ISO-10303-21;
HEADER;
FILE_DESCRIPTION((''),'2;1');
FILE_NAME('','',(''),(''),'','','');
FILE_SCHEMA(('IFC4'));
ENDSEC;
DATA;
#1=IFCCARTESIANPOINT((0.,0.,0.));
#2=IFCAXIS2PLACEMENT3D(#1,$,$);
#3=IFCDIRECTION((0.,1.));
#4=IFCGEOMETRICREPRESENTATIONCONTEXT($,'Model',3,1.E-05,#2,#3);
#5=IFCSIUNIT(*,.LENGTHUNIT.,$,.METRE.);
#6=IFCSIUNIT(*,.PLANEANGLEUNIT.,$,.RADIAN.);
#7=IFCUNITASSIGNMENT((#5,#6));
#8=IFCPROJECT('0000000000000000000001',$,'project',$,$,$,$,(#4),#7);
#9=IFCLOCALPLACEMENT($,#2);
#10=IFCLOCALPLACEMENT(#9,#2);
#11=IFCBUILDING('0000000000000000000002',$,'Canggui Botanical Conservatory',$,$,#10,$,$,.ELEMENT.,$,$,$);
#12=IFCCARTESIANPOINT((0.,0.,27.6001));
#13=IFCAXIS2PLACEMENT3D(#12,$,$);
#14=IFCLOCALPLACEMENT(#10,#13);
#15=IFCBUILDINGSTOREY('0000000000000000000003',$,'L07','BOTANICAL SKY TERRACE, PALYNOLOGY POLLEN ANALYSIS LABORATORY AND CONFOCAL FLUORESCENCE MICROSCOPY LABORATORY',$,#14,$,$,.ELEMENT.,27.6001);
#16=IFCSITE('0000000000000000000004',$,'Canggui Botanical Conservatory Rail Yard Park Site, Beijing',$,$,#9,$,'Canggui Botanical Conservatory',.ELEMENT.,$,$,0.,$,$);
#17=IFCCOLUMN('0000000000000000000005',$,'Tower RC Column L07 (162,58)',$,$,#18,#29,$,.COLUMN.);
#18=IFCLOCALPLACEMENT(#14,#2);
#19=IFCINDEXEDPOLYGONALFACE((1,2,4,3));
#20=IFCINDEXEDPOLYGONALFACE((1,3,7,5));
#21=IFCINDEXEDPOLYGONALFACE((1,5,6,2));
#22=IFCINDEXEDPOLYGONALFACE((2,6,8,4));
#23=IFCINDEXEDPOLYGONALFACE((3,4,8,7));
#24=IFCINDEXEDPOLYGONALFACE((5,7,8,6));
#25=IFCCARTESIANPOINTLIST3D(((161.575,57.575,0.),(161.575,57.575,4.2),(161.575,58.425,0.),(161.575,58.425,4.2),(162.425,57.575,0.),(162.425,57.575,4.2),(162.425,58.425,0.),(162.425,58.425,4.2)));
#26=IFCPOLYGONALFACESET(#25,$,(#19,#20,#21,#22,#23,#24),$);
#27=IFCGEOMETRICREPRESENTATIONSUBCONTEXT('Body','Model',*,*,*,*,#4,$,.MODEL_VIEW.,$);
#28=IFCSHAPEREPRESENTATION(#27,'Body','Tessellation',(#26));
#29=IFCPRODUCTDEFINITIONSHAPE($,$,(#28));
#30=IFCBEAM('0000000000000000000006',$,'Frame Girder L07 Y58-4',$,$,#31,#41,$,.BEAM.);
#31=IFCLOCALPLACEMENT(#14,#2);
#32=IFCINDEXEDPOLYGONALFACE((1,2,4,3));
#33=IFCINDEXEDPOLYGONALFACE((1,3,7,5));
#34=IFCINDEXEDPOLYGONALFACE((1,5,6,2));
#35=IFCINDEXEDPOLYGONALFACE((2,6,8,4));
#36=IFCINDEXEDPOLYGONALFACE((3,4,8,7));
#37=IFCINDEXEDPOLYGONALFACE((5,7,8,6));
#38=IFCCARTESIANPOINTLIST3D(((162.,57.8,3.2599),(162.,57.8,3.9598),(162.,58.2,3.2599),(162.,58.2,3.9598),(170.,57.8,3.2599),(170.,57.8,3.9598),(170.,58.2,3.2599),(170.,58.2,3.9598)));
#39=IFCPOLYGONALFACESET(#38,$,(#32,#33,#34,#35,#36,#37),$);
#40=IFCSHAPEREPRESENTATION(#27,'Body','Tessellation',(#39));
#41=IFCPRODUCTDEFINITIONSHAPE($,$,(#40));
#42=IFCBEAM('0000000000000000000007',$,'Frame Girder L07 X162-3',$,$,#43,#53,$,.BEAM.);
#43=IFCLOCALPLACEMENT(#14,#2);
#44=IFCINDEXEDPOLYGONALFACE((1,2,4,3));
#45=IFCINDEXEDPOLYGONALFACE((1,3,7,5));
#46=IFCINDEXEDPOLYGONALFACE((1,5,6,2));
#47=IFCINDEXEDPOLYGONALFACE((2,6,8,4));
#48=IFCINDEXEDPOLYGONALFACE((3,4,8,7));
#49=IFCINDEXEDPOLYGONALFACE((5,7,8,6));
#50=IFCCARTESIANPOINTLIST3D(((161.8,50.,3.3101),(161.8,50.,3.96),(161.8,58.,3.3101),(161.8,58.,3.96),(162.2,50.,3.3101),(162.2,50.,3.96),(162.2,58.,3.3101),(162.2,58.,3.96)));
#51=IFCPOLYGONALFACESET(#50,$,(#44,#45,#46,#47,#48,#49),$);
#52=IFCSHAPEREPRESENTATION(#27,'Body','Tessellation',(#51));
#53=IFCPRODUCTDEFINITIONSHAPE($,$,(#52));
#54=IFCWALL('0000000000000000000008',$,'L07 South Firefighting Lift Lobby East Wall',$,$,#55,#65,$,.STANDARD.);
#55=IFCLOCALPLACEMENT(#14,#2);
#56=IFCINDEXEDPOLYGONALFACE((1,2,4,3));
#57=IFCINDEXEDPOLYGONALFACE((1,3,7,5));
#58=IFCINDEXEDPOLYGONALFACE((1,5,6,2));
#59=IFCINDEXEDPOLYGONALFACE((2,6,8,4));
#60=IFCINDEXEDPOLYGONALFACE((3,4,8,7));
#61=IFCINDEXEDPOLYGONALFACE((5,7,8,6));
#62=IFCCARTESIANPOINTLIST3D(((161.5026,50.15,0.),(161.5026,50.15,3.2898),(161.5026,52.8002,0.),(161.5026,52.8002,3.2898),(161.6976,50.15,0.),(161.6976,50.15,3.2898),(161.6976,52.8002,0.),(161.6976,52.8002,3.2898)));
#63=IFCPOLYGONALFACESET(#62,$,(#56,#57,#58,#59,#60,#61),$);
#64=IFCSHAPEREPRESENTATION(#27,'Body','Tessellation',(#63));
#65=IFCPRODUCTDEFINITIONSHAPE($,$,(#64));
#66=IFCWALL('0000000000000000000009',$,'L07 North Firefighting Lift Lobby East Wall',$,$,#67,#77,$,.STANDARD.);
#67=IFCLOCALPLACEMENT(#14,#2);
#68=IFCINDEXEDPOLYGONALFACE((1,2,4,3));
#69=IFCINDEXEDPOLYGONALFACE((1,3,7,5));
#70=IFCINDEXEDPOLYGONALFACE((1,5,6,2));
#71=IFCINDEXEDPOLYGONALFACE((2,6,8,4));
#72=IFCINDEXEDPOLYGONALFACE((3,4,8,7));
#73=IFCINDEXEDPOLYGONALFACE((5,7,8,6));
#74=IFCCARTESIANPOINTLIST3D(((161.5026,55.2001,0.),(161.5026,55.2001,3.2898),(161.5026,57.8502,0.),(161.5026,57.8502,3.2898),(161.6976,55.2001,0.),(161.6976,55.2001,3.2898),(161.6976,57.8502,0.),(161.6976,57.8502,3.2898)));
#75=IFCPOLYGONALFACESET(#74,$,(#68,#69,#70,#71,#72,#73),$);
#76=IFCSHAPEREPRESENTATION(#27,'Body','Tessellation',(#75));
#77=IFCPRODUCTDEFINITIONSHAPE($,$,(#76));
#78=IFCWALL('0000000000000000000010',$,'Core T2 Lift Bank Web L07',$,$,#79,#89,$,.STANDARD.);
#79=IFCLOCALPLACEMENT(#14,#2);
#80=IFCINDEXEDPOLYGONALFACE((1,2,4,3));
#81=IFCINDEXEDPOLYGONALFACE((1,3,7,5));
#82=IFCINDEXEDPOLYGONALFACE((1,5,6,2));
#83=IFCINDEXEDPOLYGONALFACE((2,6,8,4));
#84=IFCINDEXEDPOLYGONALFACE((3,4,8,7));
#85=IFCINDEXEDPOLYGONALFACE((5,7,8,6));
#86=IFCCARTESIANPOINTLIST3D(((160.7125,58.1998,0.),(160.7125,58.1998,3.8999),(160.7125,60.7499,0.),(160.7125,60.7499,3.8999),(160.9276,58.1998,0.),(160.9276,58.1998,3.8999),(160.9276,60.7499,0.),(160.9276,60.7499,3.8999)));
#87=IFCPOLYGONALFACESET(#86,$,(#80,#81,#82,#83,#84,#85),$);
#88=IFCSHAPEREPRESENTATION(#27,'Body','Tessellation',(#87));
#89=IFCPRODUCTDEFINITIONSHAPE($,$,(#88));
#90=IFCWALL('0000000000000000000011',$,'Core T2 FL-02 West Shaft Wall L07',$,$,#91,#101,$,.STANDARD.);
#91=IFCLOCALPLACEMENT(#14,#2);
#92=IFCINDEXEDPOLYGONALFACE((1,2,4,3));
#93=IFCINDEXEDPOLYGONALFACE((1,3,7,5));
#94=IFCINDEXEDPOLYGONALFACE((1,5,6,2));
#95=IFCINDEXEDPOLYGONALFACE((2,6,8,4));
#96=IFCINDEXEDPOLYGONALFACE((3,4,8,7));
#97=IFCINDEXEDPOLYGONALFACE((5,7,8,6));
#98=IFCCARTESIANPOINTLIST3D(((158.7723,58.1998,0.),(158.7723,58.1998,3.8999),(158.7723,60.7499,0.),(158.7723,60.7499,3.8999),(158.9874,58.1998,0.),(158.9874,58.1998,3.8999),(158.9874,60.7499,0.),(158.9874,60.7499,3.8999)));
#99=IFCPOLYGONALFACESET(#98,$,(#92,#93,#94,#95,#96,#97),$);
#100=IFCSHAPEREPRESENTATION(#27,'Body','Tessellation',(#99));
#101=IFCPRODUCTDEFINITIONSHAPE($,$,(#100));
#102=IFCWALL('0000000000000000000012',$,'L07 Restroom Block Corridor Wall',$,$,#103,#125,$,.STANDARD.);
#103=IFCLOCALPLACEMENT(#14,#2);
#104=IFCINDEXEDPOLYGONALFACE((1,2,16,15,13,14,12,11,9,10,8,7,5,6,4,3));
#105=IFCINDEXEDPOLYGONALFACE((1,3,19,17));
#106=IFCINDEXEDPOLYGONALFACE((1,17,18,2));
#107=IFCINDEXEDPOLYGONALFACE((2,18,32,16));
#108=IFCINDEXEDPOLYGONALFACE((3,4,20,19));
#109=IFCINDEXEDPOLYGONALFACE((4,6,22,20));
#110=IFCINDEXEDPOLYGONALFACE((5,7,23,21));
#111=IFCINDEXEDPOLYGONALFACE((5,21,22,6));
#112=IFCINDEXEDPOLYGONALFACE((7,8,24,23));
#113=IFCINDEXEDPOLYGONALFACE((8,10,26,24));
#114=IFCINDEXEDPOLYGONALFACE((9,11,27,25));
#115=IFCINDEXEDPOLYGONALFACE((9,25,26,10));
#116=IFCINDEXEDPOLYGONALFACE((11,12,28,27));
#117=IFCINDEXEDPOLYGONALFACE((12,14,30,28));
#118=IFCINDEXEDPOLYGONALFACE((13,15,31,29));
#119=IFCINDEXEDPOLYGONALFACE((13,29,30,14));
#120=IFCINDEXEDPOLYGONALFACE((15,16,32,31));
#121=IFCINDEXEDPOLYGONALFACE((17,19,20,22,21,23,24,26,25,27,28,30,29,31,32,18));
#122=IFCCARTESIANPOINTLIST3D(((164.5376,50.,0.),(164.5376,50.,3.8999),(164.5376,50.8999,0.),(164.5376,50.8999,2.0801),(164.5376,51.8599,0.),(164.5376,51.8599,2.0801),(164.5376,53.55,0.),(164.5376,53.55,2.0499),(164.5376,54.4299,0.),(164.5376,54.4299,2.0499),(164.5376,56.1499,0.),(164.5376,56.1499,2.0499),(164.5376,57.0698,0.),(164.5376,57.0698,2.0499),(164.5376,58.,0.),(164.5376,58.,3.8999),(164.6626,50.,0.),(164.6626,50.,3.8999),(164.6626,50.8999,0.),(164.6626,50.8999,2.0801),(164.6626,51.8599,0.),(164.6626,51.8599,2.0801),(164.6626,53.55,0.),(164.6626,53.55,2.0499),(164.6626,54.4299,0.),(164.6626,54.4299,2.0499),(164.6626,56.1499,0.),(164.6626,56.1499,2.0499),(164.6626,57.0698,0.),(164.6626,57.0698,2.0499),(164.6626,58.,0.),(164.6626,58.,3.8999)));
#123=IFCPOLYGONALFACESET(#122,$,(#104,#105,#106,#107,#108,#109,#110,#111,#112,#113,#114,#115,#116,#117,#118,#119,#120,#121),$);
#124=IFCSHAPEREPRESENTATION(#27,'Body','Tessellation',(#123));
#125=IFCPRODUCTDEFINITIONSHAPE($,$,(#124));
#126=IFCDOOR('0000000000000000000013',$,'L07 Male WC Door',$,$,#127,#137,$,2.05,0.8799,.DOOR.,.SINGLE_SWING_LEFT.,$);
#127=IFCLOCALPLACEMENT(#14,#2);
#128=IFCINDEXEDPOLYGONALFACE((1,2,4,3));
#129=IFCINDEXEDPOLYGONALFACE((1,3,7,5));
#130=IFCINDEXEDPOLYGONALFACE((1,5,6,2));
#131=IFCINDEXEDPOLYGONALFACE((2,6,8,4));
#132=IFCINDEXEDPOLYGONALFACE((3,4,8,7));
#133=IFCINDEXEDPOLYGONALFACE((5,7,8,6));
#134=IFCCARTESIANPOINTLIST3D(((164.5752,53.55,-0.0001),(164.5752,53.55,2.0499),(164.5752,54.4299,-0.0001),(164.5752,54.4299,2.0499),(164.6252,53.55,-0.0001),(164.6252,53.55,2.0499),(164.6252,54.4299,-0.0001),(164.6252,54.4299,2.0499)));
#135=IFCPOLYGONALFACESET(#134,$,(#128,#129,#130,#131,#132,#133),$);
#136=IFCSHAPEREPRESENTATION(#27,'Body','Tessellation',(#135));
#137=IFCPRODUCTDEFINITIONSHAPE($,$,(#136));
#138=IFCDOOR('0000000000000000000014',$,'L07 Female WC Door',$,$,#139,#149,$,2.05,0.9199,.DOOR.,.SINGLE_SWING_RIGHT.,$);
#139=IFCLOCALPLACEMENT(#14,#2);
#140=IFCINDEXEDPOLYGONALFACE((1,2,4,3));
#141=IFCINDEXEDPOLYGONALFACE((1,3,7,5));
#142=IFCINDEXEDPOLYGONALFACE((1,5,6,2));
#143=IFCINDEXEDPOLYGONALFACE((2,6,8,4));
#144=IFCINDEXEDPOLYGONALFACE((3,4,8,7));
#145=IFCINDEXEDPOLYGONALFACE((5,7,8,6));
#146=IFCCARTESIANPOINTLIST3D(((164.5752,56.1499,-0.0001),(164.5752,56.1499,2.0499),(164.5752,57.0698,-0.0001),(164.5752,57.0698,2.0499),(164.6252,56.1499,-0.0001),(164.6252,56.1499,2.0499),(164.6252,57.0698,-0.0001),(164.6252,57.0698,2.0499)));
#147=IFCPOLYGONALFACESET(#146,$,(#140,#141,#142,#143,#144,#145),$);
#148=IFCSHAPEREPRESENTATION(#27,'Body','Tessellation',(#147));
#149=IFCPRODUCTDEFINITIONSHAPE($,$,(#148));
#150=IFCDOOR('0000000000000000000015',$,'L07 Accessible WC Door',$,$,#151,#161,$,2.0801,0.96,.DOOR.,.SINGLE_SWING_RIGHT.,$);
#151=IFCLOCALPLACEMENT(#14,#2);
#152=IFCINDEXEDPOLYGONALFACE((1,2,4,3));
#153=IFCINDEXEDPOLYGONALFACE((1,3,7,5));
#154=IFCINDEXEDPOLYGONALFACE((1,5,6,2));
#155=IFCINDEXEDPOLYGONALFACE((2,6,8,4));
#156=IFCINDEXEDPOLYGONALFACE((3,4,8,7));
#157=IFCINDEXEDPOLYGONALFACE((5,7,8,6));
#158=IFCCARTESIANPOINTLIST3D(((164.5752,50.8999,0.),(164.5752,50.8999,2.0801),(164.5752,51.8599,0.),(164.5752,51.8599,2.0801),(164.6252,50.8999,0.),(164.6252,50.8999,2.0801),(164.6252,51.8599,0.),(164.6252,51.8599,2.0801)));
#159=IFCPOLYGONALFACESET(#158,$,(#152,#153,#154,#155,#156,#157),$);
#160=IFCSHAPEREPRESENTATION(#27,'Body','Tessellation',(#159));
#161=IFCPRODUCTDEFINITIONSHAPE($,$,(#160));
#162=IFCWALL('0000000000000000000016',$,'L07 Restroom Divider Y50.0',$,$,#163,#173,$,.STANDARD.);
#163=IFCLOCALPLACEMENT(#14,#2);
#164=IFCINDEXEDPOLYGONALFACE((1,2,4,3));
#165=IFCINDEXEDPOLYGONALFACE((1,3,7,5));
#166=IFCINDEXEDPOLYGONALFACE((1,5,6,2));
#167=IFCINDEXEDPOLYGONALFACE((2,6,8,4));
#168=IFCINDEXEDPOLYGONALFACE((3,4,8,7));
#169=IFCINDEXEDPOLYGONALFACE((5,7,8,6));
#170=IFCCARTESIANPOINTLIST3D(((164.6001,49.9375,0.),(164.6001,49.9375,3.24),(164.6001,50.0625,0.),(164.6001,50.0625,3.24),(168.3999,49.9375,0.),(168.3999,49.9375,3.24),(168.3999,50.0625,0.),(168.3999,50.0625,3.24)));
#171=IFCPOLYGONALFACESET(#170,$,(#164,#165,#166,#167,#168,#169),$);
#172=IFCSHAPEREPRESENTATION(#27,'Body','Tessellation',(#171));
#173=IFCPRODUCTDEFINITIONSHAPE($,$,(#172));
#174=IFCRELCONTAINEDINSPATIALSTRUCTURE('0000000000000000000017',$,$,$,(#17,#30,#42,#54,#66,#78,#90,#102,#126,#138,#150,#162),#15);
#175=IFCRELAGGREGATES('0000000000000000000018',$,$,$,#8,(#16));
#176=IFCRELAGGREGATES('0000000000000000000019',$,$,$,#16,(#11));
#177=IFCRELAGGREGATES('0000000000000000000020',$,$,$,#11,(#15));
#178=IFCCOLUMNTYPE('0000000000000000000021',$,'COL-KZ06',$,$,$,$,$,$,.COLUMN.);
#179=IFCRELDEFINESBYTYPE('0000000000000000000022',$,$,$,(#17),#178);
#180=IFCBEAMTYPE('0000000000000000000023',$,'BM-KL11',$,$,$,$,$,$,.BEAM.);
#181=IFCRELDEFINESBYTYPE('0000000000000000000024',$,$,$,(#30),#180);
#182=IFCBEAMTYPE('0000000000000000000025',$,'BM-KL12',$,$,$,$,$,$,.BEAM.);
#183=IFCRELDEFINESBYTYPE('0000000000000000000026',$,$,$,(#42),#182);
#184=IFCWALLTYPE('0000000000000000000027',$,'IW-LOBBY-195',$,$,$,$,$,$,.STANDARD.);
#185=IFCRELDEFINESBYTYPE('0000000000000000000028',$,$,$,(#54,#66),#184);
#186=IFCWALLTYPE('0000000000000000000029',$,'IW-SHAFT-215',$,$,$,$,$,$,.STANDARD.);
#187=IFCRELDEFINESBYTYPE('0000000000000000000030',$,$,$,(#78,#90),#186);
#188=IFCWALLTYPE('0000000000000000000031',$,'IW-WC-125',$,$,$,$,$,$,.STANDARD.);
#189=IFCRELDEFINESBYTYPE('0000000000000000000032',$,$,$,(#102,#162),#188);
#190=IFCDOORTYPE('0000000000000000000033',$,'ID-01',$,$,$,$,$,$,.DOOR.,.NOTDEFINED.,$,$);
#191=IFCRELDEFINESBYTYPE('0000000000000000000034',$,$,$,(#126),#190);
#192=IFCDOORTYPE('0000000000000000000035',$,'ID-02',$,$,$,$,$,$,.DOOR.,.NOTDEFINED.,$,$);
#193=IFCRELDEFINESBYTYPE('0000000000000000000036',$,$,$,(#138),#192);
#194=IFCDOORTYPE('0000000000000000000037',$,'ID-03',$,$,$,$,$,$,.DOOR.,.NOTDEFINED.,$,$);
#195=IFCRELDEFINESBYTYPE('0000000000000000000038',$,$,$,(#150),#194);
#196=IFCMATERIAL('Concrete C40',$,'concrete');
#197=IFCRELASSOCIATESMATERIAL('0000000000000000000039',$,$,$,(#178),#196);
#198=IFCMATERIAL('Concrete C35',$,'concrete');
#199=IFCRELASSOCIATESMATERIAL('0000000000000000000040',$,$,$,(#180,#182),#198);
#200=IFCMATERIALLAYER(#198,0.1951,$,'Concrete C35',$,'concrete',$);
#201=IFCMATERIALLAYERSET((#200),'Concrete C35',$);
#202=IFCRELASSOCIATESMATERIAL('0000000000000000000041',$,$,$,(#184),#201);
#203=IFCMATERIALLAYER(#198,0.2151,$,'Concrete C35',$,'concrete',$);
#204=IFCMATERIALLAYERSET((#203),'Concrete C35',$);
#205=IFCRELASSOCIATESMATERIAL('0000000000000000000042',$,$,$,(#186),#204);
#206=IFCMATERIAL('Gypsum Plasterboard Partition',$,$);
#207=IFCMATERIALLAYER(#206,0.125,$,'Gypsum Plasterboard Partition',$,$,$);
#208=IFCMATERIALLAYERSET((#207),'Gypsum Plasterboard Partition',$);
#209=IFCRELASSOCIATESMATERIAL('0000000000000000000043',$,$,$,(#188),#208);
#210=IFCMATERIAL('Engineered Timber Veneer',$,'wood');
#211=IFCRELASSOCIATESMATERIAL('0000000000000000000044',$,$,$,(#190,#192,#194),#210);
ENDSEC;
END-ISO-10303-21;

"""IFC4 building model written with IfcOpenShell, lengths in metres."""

from ifc_helpers import new_model, si_unit, direction, frame, frame_2d, origin, origin_2d, place, context, subcontext, project, spatial, rectangle, extrude, material, layer, layer_set, material_profile, profile_set, type_object, element, fill, save


model = new_model("IFC4")

# Units and contexts
model_context = context("Model", 3, precision=1e-05, world=origin(), true_north=direction((0.0, 1.0)))
body_context = subcontext(model_context, "Body", "Model", "MODEL_VIEW")
ifc_project = project(units=[si_unit("LENGTHUNIT", "METRE"), si_unit("PLANEANGLEUNIT", "RADIAN")], contexts=[model_context])

# Site, building, storey
site_placement = place(None, origin())
site = spatial("IfcSite", under=ifc_project, at=site_placement, Name="Canggui Botanical Conservatory Rail Yard Park Site, Beijing", LongName="Canggui Botanical Conservatory", CompositionType="ELEMENT", RefElevation=0.0)
building_placement = place(site_placement, origin())
building = spatial("IfcBuilding", under=site, at=building_placement, Name="Canggui Botanical Conservatory", CompositionType="ELEMENT")
storey_placement = place(building_placement, frame((0.0, 0.0, 27.6001)))
storey = spatial("IfcBuildingStorey", under=building, at=storey_placement, Name="L07", Description="BOTANICAL SKY TERRACE, PALYNOLOGY POLLEN ANALYSIS LABORATORY AND CONFOCAL FLUORESCENCE MICROSCOPY LABORATORY", CompositionType="ELEMENT", Elevation=27.6001)

# Column
ifc_material_1 = material(Name="Concrete C40", Category="concrete")
ifc_material_profile_1 = material_profile(ifc_material_1, rectangle(XDim=0.8501, YDim=0.8501, at=origin_2d()), Name="RC 850x850")
ifc_profile_set_1 = profile_set([ifc_material_profile_1], Name="Concrete C40")
column_type = type_object("IfcColumnType", Name="COL-KZ06", PredefinedType="COLUMN", material=ifc_profile_set_1)
column_placement = place(storey_placement, frame((162.0, 58.0, 0.0), z_axis=(0.0, 0.0, 1.0), x_axis=(1.0, 0.0, 0.0)))
element("IfcColumn", 1, at=column_placement, inside=storey, type_object=column_type, Name="Tower RC Column L07 (162,58)", PredefinedType="COLUMN", context=body_context, shape_type="SweptSolid", body=[
    extrude(rectangle(XDim=0.8501, YDim=0.8501, at=origin_2d()), origin(), (0.0, 0.0, 1.0), 4.2),
])

# Beams
ifc_material_2 = material(Name="Concrete C35", Category="concrete")
ifc_material_profile_2 = material_profile(ifc_material_2, rectangle(XDim=0.3999, YDim=0.7, at=origin_2d()), Name="RB 400x700")
ifc_profile_set_2 = profile_set([ifc_material_profile_2], Name="Concrete C35")
beam_type_1 = type_object("IfcBeamType", Name="BM-KL11", PredefinedType="BEAM", material=ifc_profile_set_2)
beam_1_placement = place(storey_placement, frame((162.0, 58.0, 3.6099), z_axis=(1.0, 0.0, 0.0), x_axis=(0.0, 1.0, 0.0)))
element("IfcBeam", 2, at=beam_1_placement, inside=storey, type_object=beam_type_1, Name="Frame Girder L07 Y58-4", PredefinedType="BEAM", context=body_context, shape_type="SweptSolid", body=[
    extrude(rectangle(XDim=0.3999, YDim=0.7, at=origin_2d()), origin(), (0.0, 0.0, 1.0), 8.0),
])
ifc_material_profile_3 = material_profile(ifc_material_2, rectangle(XDim=0.3999, YDim=0.6499, at=origin_2d()), Name="RB 400x650")
ifc_profile_set_3 = profile_set([ifc_material_profile_3], Name="Concrete C35")
beam_type_2 = type_object("IfcBeamType", Name="BM-KL12", PredefinedType="BEAM", material=ifc_profile_set_3)
beam_2_placement = place(storey_placement, frame((162.0, 50.0, 3.635), z_axis=(0.0, 1.0, 0.0), x_axis=(-1.0, 0.0, 0.0)))
element("IfcBeam", 3, at=beam_2_placement, inside=storey, type_object=beam_type_2, Name="Frame Girder L07 X162-3", PredefinedType="BEAM", context=body_context, shape_type="SweptSolid", body=[
    extrude(rectangle(XDim=0.3999, YDim=0.6499, at=origin_2d()), origin(), (0.0, 0.0, 1.0), 8.0),
])

# Walls
ifc_layer_1 = layer(ifc_material_2, 0.1951, Name="Concrete C35", Category="concrete")
ifc_layer_set_1 = layer_set([ifc_layer_1], Name="Concrete C35")
wall_type_1 = type_object("IfcWallType", Name="IW-LOBBY-195", PredefinedType="STANDARD", material=ifc_layer_set_1)
for number, where, z_axis, x_axis, name in (
    (4, (161.6001, 50.1499, 0.0), (0.0, 0.0, 1.0), (0.0, 1.0, 0.0), "L07 South Firefighting Lift Lobby East Wall"),
    (5, (161.6001, 55.2, 0.0), (0.0, 0.0, 1.0), (0.0, 1.0, 0.0), "L07 North Firefighting Lift Lobby East Wall"),
):
    element("IfcWall", number, at=place(storey_placement, frame(where, z_axis=z_axis, x_axis=x_axis)), inside=storey, type_object=wall_type_1, Name=name, PredefinedType="STANDARD", context=body_context, shape_type="SweptSolid", body=[
        extrude(rectangle(XDim=2.6501, YDim=0.1951, at=frame_2d((1.3252, 0.0))), origin(), (0.0, 0.0, 1.0), 3.2898),
    ])
ifc_layer_2 = layer(ifc_material_2, 0.2151, Name="Concrete C35", Category="concrete")
ifc_layer_set_2 = layer_set([ifc_layer_2], Name="Concrete C35")
wall_type_2 = type_object("IfcWallType", Name="IW-SHAFT-215", PredefinedType="STANDARD", material=ifc_layer_set_2)
for number, where, z_axis, x_axis, name in (
    (6, (160.8201, 58.2, 0.0), (0.0, 0.0, 1.0), (0.0, 1.0, 0.0), "Core T2 Lift Bank Web L07"),
    (7, (158.8799, 58.2, 0.0), (0.0, 0.0, 1.0), (0.0, 1.0, 0.0), "Core T2 FL-02 West Shaft Wall L07"),
):
    element("IfcWall", number, at=place(storey_placement, frame(where, z_axis=z_axis, x_axis=x_axis)), inside=storey, type_object=wall_type_2, Name=name, PredefinedType="STANDARD", context=body_context, shape_type="SweptSolid", body=[
        extrude(rectangle(XDim=2.55, YDim=0.2151, at=frame_2d((1.2749, 0.0))), origin(), (0.0, 0.0, 1.0), 3.8999),
    ])

# Wall, openings, doors
ifc_material_3 = material(Name="Gypsum Plasterboard Partition")
ifc_layer_3 = layer(ifc_material_3, 0.125, Name="Gypsum Plasterboard Partition")
ifc_layer_set_3 = layer_set([ifc_layer_3], Name="Gypsum Plasterboard Partition")
wall_type_3 = type_object("IfcWallType", Name="IW-WC-125", PredefinedType="STANDARD", material=ifc_layer_set_3)
wall_1_placement = place(storey_placement, frame((164.6001, 50.0, 0.0), z_axis=(0.0, 0.0, 1.0), x_axis=(0.0, 1.0, 0.0)))
wall_1 = element("IfcWall", 8, at=wall_1_placement, inside=storey, type_object=wall_type_3, Name="L07 Restroom Block Corridor Wall", PredefinedType="STANDARD", context=body_context, shape_type="SweptSolid", body=[
    extrude(rectangle(XDim=8.0, YDim=0.125, at=frame_2d((4.0, 0.0))), origin(), (0.0, 0.0, 1.0), 3.8999),
])
opening_1_placement = place(wall_1_placement, frame((0.8999, 0.0, 0.0)))
opening_1 = element("IfcOpeningElement", 9, at=opening_1_placement, cuts=wall_1, PredefinedType="OPENING", context=body_context, shape_type="SweptSolid", body=[
    extrude(rectangle(XDim=0.96, YDim=2.0801, at=frame_2d((0.48, 1.04))), frame((0.0, 0.0725, 0.0), z_axis=(0.0, -1.0, 0.0), x_axis=(1.0, 0.0, 0.0)), (0.0, 0.0, 1.0), 0.145),
])
opening_2_placement = place(wall_1_placement, frame((3.55, 0.0, 0.0)))
opening_2 = element("IfcOpeningElement", 10, at=opening_2_placement, cuts=wall_1, PredefinedType="OPENING", context=body_context, shape_type="SweptSolid", body=[
    extrude(rectangle(XDim=0.8799, YDim=2.05, at=frame_2d((0.4399, 1.0249))), frame((0.0, 0.0725, 0.0), z_axis=(0.0, -1.0, 0.0), x_axis=(1.0, 0.0, 0.0)), (0.0, 0.0, 1.0), 0.145),
])
opening_3_placement = place(wall_1_placement, frame((6.1499, 0.0, 0.0)))
opening_3 = element("IfcOpeningElement", 11, at=opening_3_placement, cuts=wall_1, PredefinedType="OPENING", context=body_context, shape_type="SweptSolid", body=[
    extrude(rectangle(XDim=0.9199, YDim=2.05, at=frame_2d((0.46, 1.0249))), frame((0.0, 0.0725, 0.0), z_axis=(0.0, -1.0, 0.0), x_axis=(1.0, 0.0, 0.0)), (0.0, 0.0, 1.0), 0.145),
])
ifc_material_4 = material(Name="Engineered Timber Veneer", Category="wood")
door_type_1 = type_object("IfcDoorType", Name="ID-01", OperationType="NOTDEFINED", PredefinedType="DOOR", material=ifc_material_4)
door_1_placement = place(opening_2_placement, origin())
door_1 = element("IfcDoor", 12, at=door_1_placement, inside=storey, type_object=door_type_1, Name="L07 Male WC Door", OperationType="SINGLE_SWING_LEFT", OverallHeight=2.05, OverallWidth=0.8799, PredefinedType="DOOR", context=body_context, shape_type="SweptSolid", body=[
    extrude(rectangle(XDim=0.8799, YDim=2.05, at=frame_2d((0.4399, 1.0249))), frame((0.0, 0.0249, 0.0), z_axis=(0.0, -1.0, 0.0), x_axis=(1.0, 0.0, 0.0)), (0.0, 0.0, 1.0), 0.05),
])
fill(opening_2, door_1)
door_type_2 = type_object("IfcDoorType", Name="ID-02", OperationType="NOTDEFINED", PredefinedType="DOOR", material=ifc_material_4)
door_2_placement = place(opening_3_placement, origin())
door_2 = element("IfcDoor", 13, at=door_2_placement, inside=storey, type_object=door_type_2, Name="L07 Female WC Door", OperationType="SINGLE_SWING_RIGHT", OverallHeight=2.05, OverallWidth=0.9199, PredefinedType="DOOR", context=body_context, shape_type="SweptSolid", body=[
    extrude(rectangle(XDim=0.9199, YDim=2.05, at=frame_2d((0.46, 1.0249))), frame((0.0, 0.0249, 0.0), z_axis=(0.0, -1.0, 0.0), x_axis=(1.0, 0.0, 0.0)), (0.0, 0.0, 1.0), 0.05),
])
fill(opening_3, door_2)
door_type_3 = type_object("IfcDoorType", Name="ID-03", OperationType="NOTDEFINED", PredefinedType="DOOR", material=ifc_material_4)
door_3_placement = place(opening_1_placement, origin())
door_3 = element("IfcDoor", 14, at=door_3_placement, inside=storey, type_object=door_type_3, Name="L07 Accessible WC Door", OperationType="SINGLE_SWING_RIGHT", OverallHeight=2.0801, OverallWidth=0.96, PredefinedType="DOOR", context=body_context, shape_type="SweptSolid", body=[
    extrude(rectangle(XDim=0.96, YDim=2.0801, at=frame_2d((0.48, 1.04))), frame((0.0, 0.0249, 0.0), z_axis=(0.0, -1.0, 0.0), x_axis=(1.0, 0.0, 0.0)), (0.0, 0.0, 1.0), 0.05),
])
fill(opening_1, door_3)

# Wall
wall_2_placement = place(storey_placement, frame((164.6001, 50.0, 0.0), z_axis=(0.0, 0.0, 1.0), x_axis=(1.0, 0.0, 0.0)))
element("IfcWall", 15, at=wall_2_placement, inside=storey, type_object=wall_type_3, Name="L07 Restroom Divider Y50.0", PredefinedType="STANDARD", context=body_context, shape_type="SweptSolid", body=[
    extrude(rectangle(XDim=3.7998, YDim=0.125, at=frame_2d((1.8999, 0.0))), origin(), (0.0, 0.0, 1.0), 3.24),
])

save(model, "model.ifc")
